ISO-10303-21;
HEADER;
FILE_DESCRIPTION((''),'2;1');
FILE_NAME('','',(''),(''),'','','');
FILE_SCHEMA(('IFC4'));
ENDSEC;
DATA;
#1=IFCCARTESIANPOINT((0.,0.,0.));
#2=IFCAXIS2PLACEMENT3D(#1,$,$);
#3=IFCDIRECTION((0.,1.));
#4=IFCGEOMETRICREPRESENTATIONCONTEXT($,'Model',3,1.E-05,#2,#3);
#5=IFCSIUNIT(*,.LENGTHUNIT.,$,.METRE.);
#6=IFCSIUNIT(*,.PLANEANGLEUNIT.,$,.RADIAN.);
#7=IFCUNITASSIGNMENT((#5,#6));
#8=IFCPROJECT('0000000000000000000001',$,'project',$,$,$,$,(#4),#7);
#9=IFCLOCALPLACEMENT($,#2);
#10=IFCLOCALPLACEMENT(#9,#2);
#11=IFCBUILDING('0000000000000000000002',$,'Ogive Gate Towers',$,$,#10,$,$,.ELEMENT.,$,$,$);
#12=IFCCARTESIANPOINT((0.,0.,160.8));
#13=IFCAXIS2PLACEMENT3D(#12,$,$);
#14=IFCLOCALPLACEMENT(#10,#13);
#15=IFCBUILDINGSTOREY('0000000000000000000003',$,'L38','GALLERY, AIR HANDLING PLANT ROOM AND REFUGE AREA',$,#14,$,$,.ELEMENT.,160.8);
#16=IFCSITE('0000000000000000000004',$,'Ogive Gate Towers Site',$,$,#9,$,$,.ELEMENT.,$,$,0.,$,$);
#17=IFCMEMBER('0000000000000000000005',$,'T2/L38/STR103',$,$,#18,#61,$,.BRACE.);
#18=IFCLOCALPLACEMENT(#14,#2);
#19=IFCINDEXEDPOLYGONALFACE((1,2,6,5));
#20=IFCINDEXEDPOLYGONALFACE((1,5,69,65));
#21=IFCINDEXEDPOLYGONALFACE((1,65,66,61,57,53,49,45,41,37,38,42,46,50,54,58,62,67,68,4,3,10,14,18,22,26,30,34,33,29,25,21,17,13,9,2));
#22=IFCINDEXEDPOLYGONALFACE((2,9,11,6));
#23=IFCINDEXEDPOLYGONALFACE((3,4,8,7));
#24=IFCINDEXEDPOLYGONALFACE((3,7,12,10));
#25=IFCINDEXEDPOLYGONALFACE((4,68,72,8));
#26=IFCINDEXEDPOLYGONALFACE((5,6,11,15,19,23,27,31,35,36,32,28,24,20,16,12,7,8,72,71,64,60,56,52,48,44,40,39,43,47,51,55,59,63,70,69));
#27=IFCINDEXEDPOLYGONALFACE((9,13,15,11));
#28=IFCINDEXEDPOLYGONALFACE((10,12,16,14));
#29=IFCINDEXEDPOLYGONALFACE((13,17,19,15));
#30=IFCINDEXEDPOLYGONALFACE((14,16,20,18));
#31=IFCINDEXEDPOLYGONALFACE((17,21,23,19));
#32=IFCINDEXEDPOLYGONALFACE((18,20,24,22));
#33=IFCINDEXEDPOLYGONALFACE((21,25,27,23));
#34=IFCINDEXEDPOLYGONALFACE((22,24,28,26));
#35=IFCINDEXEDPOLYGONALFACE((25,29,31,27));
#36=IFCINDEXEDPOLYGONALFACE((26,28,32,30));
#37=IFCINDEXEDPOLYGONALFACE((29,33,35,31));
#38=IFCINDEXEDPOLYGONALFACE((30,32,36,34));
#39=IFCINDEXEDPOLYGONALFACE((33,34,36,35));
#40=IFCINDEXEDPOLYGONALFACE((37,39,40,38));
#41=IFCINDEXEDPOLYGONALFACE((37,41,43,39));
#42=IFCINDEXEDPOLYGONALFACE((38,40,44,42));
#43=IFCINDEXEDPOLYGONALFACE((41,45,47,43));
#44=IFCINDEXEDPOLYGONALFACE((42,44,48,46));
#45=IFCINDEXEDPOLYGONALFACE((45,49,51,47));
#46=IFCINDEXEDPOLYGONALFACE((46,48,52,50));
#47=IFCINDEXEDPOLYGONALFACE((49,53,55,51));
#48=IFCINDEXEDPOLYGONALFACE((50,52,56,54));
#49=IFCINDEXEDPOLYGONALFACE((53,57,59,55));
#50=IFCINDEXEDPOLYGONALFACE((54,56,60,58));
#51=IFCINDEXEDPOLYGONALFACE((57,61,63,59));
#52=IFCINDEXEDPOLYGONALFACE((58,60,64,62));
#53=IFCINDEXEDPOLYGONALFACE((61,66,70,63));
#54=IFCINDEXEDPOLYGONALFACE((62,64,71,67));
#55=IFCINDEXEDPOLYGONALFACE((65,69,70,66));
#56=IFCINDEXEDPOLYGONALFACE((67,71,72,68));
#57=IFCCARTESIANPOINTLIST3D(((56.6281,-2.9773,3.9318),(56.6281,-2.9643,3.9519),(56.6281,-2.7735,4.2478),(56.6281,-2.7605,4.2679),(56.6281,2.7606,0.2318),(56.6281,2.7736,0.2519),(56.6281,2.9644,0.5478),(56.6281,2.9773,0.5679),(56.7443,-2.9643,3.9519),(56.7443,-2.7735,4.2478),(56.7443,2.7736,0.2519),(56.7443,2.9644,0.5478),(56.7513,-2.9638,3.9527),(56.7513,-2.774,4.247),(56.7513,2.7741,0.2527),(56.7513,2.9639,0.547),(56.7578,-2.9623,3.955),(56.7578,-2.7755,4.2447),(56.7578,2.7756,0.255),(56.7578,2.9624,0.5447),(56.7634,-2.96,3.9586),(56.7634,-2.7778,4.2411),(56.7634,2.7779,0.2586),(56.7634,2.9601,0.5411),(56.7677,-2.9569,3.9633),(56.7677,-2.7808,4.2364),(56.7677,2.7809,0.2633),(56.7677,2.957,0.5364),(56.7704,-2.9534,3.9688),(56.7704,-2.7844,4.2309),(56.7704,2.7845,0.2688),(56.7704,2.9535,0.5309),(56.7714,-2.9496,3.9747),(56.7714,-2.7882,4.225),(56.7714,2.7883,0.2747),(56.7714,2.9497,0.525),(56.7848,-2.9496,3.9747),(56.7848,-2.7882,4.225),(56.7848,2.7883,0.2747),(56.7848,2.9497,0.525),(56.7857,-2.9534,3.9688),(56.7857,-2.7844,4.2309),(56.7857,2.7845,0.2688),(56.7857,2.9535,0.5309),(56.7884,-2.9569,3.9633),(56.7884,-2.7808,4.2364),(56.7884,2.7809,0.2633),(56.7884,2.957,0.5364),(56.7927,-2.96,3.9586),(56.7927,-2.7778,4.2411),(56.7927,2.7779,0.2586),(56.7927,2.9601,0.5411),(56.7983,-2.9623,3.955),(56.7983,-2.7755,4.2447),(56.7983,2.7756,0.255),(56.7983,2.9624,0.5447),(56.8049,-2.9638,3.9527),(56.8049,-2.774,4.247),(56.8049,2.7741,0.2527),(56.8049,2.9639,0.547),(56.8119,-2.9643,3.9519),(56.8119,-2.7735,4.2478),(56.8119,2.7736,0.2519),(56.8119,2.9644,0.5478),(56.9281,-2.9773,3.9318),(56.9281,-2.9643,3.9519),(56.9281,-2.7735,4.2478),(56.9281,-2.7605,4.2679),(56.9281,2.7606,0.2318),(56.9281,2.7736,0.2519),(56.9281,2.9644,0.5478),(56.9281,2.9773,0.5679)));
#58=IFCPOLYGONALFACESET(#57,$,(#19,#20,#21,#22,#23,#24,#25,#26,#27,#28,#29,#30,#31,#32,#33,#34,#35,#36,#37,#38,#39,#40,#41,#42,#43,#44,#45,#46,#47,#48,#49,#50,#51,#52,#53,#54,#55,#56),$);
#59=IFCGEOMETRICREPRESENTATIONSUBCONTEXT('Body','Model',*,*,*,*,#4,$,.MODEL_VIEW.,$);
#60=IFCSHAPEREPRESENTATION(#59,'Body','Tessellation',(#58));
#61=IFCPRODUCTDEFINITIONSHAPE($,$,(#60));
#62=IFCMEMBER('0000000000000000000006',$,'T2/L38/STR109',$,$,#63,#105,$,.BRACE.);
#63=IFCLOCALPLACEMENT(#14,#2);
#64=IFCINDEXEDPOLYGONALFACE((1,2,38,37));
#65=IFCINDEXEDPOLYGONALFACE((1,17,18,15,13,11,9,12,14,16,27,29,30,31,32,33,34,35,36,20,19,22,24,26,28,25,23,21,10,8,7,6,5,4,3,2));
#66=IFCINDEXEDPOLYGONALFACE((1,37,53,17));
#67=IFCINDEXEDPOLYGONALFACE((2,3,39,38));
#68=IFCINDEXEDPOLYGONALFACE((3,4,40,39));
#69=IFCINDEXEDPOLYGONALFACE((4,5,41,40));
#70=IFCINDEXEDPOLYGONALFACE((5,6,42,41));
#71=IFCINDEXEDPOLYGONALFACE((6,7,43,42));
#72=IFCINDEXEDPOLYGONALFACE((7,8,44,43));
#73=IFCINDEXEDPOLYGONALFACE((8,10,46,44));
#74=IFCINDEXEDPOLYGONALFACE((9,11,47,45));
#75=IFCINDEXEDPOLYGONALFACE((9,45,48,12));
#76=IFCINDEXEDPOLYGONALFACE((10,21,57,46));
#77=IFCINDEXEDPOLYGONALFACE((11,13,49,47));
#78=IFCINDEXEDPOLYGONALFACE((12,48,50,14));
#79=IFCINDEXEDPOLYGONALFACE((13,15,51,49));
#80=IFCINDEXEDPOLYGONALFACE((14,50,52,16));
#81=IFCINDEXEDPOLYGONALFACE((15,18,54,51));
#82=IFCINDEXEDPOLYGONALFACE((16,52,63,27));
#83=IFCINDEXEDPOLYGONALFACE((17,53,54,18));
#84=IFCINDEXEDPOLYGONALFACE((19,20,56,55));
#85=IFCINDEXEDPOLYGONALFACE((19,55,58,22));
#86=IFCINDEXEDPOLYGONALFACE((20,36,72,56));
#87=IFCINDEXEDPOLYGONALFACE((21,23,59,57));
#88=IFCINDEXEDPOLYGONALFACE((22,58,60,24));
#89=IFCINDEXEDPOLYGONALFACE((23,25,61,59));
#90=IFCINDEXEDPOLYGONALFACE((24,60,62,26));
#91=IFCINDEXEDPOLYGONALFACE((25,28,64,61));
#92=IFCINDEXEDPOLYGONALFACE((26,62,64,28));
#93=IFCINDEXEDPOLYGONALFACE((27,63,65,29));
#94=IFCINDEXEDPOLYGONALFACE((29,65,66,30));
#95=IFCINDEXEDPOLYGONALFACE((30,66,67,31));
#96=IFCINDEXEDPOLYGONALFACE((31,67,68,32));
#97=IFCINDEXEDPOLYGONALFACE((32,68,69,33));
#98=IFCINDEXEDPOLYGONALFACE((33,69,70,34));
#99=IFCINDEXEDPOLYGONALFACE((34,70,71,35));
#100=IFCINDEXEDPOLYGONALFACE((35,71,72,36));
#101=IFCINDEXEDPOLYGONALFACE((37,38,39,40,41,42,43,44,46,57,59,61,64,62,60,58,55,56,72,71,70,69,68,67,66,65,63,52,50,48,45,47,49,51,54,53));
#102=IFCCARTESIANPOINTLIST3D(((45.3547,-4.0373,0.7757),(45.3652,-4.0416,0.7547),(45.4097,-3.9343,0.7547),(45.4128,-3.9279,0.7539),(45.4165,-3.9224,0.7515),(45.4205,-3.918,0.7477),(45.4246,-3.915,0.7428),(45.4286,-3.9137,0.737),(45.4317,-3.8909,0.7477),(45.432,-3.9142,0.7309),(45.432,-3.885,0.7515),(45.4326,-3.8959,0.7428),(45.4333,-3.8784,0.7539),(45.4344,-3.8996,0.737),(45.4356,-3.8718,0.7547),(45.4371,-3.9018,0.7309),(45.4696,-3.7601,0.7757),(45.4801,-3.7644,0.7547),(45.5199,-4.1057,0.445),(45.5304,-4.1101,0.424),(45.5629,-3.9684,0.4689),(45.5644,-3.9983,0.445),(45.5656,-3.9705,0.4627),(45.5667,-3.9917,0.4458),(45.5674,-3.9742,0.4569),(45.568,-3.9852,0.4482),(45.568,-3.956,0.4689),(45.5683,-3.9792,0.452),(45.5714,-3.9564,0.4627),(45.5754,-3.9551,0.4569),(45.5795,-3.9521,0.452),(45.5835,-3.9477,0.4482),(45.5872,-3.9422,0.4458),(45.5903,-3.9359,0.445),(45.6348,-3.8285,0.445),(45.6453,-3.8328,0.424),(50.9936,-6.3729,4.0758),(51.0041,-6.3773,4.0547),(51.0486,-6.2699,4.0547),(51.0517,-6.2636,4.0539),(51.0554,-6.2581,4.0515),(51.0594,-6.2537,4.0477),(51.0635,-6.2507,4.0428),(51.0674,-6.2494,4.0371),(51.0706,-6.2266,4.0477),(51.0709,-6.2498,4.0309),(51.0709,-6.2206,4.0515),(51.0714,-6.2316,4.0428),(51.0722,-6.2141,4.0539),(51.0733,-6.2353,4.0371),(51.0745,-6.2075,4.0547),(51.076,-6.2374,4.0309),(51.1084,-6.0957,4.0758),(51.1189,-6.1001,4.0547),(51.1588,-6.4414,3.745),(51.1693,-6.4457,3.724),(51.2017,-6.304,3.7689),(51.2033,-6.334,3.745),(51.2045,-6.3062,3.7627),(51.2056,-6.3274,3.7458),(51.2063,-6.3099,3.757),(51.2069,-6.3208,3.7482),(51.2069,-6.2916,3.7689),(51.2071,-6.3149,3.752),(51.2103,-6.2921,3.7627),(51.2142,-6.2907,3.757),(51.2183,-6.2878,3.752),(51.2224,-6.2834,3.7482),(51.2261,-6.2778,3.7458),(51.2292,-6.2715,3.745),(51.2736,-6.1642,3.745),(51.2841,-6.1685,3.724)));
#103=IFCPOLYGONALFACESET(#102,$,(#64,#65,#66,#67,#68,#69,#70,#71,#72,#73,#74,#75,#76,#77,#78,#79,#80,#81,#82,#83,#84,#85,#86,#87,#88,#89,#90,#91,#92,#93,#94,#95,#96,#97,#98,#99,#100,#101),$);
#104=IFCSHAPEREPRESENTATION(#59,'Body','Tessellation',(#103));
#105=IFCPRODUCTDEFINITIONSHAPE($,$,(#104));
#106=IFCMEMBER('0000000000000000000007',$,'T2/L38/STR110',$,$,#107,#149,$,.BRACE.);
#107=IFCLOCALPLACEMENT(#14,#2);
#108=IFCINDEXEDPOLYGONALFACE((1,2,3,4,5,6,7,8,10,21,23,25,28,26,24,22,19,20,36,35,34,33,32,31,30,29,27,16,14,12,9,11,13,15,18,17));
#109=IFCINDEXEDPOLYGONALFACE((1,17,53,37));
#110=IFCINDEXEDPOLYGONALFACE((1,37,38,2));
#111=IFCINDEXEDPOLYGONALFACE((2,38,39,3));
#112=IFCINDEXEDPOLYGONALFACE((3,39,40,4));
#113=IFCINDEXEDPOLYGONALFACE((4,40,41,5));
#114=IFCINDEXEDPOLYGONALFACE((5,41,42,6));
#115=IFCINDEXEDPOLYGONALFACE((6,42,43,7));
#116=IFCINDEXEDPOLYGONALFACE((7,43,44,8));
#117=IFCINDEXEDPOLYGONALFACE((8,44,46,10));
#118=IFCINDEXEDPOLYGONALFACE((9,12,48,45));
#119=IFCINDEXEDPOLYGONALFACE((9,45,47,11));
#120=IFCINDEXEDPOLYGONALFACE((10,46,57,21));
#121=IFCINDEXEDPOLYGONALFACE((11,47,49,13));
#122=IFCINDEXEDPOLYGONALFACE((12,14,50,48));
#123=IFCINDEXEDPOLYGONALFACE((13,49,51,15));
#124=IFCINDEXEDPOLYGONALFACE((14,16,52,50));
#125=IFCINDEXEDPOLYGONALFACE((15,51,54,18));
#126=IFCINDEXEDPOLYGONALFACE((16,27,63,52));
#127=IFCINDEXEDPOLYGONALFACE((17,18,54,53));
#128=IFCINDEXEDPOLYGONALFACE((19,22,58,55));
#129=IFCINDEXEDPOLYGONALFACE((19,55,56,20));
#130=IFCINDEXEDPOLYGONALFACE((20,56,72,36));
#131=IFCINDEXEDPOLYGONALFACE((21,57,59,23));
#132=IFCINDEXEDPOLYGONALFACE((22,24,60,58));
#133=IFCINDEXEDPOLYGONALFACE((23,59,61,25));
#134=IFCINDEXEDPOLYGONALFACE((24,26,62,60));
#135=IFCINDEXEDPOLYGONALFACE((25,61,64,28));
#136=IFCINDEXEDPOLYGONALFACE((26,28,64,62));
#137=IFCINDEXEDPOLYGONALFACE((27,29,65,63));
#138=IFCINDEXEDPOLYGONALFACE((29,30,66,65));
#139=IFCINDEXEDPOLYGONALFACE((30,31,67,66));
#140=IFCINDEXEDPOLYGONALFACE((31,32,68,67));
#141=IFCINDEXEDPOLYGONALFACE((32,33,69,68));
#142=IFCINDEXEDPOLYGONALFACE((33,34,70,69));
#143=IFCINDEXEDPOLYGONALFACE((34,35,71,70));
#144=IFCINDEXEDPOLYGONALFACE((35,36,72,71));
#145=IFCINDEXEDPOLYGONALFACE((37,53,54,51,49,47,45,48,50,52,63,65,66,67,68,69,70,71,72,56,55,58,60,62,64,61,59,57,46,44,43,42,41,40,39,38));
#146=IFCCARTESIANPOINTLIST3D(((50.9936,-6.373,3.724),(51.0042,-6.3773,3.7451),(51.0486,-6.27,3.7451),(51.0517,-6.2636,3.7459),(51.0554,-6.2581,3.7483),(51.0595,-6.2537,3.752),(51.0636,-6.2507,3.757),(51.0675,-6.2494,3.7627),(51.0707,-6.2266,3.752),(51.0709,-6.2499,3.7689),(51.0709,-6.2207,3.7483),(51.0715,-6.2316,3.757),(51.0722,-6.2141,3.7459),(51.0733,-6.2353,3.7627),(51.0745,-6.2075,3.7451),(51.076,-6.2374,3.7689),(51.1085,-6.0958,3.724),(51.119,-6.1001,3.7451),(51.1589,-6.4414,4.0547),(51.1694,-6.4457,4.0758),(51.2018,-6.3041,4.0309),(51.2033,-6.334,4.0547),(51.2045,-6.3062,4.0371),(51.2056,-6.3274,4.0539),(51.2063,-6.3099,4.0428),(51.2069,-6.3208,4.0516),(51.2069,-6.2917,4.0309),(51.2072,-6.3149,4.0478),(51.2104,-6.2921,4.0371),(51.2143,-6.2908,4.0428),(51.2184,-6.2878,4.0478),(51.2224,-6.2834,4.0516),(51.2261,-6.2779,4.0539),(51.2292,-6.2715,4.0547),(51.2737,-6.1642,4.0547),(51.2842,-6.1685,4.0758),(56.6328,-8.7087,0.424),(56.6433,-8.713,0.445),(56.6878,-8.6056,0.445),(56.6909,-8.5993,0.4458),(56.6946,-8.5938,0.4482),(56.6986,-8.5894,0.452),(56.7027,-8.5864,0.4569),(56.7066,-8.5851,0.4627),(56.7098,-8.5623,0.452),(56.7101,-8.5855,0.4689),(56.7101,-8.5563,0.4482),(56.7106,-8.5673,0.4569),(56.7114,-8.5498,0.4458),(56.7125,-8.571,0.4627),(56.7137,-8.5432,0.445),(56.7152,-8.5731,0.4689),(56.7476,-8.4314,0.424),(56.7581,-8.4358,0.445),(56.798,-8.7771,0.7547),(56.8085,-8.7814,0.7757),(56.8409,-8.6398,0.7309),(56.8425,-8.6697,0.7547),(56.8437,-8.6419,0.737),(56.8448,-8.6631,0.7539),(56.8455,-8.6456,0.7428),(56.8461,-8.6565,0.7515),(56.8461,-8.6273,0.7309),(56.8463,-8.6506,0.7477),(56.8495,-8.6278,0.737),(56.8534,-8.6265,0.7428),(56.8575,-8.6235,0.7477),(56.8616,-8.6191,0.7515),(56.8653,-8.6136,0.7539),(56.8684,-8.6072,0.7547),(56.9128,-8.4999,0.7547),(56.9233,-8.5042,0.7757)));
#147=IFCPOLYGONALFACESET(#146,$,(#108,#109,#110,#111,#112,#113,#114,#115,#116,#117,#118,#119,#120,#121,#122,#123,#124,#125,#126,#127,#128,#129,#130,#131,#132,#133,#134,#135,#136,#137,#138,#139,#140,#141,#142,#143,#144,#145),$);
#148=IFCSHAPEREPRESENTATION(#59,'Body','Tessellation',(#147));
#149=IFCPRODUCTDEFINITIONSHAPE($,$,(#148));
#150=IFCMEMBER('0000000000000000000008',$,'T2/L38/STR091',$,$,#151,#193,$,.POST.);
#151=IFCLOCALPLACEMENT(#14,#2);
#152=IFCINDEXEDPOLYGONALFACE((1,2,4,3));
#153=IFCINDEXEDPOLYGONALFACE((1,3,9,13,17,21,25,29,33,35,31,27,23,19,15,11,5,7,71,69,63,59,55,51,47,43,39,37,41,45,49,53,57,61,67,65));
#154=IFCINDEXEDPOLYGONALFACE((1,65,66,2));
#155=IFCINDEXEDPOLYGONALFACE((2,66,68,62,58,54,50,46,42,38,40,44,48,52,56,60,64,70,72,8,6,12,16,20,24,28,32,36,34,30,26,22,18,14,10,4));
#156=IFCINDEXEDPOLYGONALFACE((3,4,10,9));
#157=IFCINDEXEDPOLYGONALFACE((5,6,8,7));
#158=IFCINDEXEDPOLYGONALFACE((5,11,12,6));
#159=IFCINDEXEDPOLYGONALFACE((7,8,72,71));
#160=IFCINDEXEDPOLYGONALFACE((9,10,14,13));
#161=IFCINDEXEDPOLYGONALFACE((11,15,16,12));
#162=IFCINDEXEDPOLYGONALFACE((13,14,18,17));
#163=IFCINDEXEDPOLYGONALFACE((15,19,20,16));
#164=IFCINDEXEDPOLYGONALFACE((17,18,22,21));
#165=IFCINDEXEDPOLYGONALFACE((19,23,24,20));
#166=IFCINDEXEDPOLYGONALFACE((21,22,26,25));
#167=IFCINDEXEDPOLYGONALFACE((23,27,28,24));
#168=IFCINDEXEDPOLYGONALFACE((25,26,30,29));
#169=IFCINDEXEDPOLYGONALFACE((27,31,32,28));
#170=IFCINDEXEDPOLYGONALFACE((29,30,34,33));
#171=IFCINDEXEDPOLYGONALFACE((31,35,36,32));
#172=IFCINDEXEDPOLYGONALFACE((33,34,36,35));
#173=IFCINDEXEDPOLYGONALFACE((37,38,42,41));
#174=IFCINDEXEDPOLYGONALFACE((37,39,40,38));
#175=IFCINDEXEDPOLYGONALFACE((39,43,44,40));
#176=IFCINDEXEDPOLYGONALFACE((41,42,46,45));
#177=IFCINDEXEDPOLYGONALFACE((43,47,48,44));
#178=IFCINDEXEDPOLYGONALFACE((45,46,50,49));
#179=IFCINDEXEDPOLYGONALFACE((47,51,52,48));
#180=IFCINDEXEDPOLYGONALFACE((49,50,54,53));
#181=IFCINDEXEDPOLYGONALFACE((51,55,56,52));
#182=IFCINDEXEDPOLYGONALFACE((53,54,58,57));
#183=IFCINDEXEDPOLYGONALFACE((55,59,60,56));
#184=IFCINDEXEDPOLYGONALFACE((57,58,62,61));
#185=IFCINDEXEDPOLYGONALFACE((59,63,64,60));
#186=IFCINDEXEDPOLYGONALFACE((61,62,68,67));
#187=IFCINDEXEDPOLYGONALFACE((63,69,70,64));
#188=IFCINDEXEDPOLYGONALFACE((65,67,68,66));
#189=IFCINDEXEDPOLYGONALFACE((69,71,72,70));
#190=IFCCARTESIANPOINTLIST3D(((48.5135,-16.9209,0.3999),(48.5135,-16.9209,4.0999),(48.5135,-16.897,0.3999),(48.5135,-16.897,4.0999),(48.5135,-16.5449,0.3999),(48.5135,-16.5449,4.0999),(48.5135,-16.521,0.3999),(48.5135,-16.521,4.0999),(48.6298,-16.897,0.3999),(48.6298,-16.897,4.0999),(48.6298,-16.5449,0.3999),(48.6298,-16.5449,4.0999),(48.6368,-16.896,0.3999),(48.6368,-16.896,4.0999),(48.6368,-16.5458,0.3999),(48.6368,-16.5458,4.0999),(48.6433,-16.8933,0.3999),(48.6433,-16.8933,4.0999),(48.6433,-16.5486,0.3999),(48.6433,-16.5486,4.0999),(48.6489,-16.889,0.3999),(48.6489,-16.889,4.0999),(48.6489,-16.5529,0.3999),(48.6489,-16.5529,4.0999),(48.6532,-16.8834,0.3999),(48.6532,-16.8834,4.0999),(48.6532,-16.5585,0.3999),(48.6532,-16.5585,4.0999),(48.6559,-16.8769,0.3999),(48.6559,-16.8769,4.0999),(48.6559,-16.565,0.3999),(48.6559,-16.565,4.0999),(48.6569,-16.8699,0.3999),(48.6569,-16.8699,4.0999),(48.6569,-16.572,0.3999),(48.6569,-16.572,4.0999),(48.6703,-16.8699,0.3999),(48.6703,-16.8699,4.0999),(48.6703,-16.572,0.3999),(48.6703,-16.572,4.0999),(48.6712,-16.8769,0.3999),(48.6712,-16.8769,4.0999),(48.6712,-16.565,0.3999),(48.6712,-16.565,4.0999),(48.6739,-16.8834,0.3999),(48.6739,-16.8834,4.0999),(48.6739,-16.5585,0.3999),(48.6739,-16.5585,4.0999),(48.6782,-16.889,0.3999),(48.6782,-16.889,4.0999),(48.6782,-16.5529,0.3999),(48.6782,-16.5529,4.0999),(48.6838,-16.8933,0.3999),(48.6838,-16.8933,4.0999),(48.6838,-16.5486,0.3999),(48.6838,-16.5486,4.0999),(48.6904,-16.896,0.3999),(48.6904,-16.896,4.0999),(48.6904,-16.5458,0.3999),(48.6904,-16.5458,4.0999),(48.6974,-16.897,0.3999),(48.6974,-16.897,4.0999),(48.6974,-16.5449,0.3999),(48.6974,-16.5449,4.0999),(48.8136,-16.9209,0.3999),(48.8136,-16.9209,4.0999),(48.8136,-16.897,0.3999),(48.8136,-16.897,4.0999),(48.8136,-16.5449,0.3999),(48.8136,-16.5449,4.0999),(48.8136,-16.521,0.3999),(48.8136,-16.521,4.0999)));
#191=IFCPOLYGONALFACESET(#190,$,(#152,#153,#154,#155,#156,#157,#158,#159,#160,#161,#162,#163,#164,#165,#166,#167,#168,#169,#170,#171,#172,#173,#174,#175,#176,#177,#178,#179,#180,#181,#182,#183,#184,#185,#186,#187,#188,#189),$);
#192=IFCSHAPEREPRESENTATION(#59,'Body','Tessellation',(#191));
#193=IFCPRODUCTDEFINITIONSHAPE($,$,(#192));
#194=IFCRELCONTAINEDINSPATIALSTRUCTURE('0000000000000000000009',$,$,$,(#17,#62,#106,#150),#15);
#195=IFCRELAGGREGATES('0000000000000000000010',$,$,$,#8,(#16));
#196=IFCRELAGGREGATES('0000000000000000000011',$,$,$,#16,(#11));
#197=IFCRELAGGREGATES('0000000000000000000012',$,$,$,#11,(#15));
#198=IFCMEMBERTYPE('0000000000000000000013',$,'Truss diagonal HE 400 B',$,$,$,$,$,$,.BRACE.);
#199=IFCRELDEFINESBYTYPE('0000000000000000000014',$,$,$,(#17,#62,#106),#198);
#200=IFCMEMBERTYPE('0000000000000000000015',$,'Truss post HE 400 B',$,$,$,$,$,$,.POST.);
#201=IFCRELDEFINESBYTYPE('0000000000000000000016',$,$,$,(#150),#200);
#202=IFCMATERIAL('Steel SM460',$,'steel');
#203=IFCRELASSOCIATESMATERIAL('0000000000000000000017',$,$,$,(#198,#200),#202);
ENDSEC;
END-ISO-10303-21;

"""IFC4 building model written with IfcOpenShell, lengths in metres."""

from ifc_helpers import new_model, si_unit, direction, frame, origin, origin_2d, place, context, subcontext, project, spatial, i_section, extrude, material, material_profile, profile_set, type_object, element, save


model = new_model("IFC4")

# Units and contexts
model_context = context("Model", 3, precision=1e-05, world=origin(), true_north=direction((0.0, 1.0)))
body_context = subcontext(model_context, "Body", "Model", "MODEL_VIEW")
ifc_project = project(units=[si_unit("LENGTHUNIT", "METRE"), si_unit("PLANEANGLEUNIT", "RADIAN")], contexts=[model_context])

# Site, building, storey
site_placement = place(None, origin())
site = spatial("IfcSite", under=ifc_project, at=site_placement, Name="Ogive Gate Towers Site", CompositionType="ELEMENT", RefElevation=0.0)
building_placement = place(site_placement, origin())
building = spatial("IfcBuilding", under=site, at=building_placement, Name="Ogive Gate Towers", CompositionType="ELEMENT")
storey_placement = place(building_placement, frame((0.0, 0.0, 160.8)))
storey = spatial("IfcBuildingStorey", under=building, at=storey_placement, Name="L38", Description="GALLERY, AIR HANDLING PLANT ROOM AND REFUGE AREA", CompositionType="ELEMENT", Elevation=160.8)

# Shared definitions
ifc_material_1 = material(Name="Steel SM460", Category="steel")

# Members
ifc_material_profile_1 = material_profile(ifc_material_1, i_section(OverallWidth=0.3, OverallDepth=0.3999, WebThickness=0.0134, FlangeThickness=0.0239, FilletRadius=0.0271, at=origin_2d()), Name="HE 400 B")
ifc_profile_set_1 = profile_set([ifc_material_profile_1], Name="Steel SM460")
member_type_1 = type_object("IfcMemberType", Name="Truss diagonal HE 400 B", PredefinedType="BRACE", material=ifc_profile_set_1)
member_1_placement = place(storey_placement, frame((56.7781, -2.8689, 4.0999), z_axis=(0.0, 0.84042, -0.541935), x_axis=(-1.0, 0.0, 0.0)))
element("IfcMember", 1, at=member_1_placement, inside=storey, type_object=member_type_1, Name="T2/L38/STR103", PredefinedType="BRACE", context=body_context, shape_type="SweptSolid", body=[
    extrude(i_section(OverallWidth=0.3, OverallDepth=0.3999, WebThickness=0.0134, FlangeThickness=0.0239, FilletRadius=0.0271, at=origin_2d()), origin(), (0.0, 0.0, 1.0), 6.8274),
])
member_2_placement = place(storey_placement, frame((45.5, -3.9351, 0.5999), z_axis=(0.812696, -0.336627, 0.475612), x_axis=(0.38268, 0.923881, 0.0)))
element("IfcMember", 2, at=member_2_placement, inside=storey, type_object=member_type_1, Name="T2/L38/STR109", PredefinedType="BRACE", context=body_context, shape_type="SweptSolid", body=[
    extrude(i_section(OverallWidth=0.3, OverallDepth=0.3999, WebThickness=0.0134, FlangeThickness=0.0239, FilletRadius=0.0271, at=origin_2d()), origin(), (0.0, 0.0, 1.0), 6.9385),
])
member_3_placement = place(storey_placement, frame((51.1389, -6.2708, 3.8999), z_axis=(0.812708, -0.336617, -0.475599), x_axis=(0.382666, 0.923887, 0.0)))
element("IfcMember", 3, at=member_3_placement, inside=storey, type_object=member_type_1, Name="T2/L38/STR110", PredefinedType="BRACE", context=body_context, shape_type="SweptSolid", body=[
    extrude(i_section(OverallWidth=0.3, OverallDepth=0.3999, WebThickness=0.0134, FlangeThickness=0.0239, FilletRadius=0.0271, at=origin_2d()), origin(), (0.0, 0.0, 1.0), 6.9387),
])
ifc_material_profile_2 = material_profile(ifc_material_1, i_section(OverallWidth=0.3, OverallDepth=0.3999, WebThickness=0.0134, FlangeThickness=0.0239, FilletRadius=0.0271, at=origin_2d()), Name="HE 400 B")
ifc_profile_set_2 = profile_set([ifc_material_profile_2], Name="Steel SM460")
member_type_2 = type_object("IfcMemberType", Name="Truss post HE 400 B", PredefinedType="POST", material=ifc_profile_set_2)
for number, where, z_axis, x_axis, name in (
    (4, (48.6636, -16.7209, 0.3999), (0.0, 0.0, 1.0), (1.0, 0.0, 0.0), "T2/L38/STR091"),
):
    element("IfcMember", number, at=place(storey_placement, frame(where, z_axis=z_axis, x_axis=x_axis)), inside=storey, type_object=member_type_2, Name=name, PredefinedType="POST", context=body_context, shape_type="SweptSolid", body=[
        extrude(i_section(OverallWidth=0.3, OverallDepth=0.3999, WebThickness=0.0134, FlangeThickness=0.0239, FilletRadius=0.0271, at=origin_2d()), origin(), (0.0, 0.0, 1.0), 3.7),
    ])

save(model, "model.ifc")
